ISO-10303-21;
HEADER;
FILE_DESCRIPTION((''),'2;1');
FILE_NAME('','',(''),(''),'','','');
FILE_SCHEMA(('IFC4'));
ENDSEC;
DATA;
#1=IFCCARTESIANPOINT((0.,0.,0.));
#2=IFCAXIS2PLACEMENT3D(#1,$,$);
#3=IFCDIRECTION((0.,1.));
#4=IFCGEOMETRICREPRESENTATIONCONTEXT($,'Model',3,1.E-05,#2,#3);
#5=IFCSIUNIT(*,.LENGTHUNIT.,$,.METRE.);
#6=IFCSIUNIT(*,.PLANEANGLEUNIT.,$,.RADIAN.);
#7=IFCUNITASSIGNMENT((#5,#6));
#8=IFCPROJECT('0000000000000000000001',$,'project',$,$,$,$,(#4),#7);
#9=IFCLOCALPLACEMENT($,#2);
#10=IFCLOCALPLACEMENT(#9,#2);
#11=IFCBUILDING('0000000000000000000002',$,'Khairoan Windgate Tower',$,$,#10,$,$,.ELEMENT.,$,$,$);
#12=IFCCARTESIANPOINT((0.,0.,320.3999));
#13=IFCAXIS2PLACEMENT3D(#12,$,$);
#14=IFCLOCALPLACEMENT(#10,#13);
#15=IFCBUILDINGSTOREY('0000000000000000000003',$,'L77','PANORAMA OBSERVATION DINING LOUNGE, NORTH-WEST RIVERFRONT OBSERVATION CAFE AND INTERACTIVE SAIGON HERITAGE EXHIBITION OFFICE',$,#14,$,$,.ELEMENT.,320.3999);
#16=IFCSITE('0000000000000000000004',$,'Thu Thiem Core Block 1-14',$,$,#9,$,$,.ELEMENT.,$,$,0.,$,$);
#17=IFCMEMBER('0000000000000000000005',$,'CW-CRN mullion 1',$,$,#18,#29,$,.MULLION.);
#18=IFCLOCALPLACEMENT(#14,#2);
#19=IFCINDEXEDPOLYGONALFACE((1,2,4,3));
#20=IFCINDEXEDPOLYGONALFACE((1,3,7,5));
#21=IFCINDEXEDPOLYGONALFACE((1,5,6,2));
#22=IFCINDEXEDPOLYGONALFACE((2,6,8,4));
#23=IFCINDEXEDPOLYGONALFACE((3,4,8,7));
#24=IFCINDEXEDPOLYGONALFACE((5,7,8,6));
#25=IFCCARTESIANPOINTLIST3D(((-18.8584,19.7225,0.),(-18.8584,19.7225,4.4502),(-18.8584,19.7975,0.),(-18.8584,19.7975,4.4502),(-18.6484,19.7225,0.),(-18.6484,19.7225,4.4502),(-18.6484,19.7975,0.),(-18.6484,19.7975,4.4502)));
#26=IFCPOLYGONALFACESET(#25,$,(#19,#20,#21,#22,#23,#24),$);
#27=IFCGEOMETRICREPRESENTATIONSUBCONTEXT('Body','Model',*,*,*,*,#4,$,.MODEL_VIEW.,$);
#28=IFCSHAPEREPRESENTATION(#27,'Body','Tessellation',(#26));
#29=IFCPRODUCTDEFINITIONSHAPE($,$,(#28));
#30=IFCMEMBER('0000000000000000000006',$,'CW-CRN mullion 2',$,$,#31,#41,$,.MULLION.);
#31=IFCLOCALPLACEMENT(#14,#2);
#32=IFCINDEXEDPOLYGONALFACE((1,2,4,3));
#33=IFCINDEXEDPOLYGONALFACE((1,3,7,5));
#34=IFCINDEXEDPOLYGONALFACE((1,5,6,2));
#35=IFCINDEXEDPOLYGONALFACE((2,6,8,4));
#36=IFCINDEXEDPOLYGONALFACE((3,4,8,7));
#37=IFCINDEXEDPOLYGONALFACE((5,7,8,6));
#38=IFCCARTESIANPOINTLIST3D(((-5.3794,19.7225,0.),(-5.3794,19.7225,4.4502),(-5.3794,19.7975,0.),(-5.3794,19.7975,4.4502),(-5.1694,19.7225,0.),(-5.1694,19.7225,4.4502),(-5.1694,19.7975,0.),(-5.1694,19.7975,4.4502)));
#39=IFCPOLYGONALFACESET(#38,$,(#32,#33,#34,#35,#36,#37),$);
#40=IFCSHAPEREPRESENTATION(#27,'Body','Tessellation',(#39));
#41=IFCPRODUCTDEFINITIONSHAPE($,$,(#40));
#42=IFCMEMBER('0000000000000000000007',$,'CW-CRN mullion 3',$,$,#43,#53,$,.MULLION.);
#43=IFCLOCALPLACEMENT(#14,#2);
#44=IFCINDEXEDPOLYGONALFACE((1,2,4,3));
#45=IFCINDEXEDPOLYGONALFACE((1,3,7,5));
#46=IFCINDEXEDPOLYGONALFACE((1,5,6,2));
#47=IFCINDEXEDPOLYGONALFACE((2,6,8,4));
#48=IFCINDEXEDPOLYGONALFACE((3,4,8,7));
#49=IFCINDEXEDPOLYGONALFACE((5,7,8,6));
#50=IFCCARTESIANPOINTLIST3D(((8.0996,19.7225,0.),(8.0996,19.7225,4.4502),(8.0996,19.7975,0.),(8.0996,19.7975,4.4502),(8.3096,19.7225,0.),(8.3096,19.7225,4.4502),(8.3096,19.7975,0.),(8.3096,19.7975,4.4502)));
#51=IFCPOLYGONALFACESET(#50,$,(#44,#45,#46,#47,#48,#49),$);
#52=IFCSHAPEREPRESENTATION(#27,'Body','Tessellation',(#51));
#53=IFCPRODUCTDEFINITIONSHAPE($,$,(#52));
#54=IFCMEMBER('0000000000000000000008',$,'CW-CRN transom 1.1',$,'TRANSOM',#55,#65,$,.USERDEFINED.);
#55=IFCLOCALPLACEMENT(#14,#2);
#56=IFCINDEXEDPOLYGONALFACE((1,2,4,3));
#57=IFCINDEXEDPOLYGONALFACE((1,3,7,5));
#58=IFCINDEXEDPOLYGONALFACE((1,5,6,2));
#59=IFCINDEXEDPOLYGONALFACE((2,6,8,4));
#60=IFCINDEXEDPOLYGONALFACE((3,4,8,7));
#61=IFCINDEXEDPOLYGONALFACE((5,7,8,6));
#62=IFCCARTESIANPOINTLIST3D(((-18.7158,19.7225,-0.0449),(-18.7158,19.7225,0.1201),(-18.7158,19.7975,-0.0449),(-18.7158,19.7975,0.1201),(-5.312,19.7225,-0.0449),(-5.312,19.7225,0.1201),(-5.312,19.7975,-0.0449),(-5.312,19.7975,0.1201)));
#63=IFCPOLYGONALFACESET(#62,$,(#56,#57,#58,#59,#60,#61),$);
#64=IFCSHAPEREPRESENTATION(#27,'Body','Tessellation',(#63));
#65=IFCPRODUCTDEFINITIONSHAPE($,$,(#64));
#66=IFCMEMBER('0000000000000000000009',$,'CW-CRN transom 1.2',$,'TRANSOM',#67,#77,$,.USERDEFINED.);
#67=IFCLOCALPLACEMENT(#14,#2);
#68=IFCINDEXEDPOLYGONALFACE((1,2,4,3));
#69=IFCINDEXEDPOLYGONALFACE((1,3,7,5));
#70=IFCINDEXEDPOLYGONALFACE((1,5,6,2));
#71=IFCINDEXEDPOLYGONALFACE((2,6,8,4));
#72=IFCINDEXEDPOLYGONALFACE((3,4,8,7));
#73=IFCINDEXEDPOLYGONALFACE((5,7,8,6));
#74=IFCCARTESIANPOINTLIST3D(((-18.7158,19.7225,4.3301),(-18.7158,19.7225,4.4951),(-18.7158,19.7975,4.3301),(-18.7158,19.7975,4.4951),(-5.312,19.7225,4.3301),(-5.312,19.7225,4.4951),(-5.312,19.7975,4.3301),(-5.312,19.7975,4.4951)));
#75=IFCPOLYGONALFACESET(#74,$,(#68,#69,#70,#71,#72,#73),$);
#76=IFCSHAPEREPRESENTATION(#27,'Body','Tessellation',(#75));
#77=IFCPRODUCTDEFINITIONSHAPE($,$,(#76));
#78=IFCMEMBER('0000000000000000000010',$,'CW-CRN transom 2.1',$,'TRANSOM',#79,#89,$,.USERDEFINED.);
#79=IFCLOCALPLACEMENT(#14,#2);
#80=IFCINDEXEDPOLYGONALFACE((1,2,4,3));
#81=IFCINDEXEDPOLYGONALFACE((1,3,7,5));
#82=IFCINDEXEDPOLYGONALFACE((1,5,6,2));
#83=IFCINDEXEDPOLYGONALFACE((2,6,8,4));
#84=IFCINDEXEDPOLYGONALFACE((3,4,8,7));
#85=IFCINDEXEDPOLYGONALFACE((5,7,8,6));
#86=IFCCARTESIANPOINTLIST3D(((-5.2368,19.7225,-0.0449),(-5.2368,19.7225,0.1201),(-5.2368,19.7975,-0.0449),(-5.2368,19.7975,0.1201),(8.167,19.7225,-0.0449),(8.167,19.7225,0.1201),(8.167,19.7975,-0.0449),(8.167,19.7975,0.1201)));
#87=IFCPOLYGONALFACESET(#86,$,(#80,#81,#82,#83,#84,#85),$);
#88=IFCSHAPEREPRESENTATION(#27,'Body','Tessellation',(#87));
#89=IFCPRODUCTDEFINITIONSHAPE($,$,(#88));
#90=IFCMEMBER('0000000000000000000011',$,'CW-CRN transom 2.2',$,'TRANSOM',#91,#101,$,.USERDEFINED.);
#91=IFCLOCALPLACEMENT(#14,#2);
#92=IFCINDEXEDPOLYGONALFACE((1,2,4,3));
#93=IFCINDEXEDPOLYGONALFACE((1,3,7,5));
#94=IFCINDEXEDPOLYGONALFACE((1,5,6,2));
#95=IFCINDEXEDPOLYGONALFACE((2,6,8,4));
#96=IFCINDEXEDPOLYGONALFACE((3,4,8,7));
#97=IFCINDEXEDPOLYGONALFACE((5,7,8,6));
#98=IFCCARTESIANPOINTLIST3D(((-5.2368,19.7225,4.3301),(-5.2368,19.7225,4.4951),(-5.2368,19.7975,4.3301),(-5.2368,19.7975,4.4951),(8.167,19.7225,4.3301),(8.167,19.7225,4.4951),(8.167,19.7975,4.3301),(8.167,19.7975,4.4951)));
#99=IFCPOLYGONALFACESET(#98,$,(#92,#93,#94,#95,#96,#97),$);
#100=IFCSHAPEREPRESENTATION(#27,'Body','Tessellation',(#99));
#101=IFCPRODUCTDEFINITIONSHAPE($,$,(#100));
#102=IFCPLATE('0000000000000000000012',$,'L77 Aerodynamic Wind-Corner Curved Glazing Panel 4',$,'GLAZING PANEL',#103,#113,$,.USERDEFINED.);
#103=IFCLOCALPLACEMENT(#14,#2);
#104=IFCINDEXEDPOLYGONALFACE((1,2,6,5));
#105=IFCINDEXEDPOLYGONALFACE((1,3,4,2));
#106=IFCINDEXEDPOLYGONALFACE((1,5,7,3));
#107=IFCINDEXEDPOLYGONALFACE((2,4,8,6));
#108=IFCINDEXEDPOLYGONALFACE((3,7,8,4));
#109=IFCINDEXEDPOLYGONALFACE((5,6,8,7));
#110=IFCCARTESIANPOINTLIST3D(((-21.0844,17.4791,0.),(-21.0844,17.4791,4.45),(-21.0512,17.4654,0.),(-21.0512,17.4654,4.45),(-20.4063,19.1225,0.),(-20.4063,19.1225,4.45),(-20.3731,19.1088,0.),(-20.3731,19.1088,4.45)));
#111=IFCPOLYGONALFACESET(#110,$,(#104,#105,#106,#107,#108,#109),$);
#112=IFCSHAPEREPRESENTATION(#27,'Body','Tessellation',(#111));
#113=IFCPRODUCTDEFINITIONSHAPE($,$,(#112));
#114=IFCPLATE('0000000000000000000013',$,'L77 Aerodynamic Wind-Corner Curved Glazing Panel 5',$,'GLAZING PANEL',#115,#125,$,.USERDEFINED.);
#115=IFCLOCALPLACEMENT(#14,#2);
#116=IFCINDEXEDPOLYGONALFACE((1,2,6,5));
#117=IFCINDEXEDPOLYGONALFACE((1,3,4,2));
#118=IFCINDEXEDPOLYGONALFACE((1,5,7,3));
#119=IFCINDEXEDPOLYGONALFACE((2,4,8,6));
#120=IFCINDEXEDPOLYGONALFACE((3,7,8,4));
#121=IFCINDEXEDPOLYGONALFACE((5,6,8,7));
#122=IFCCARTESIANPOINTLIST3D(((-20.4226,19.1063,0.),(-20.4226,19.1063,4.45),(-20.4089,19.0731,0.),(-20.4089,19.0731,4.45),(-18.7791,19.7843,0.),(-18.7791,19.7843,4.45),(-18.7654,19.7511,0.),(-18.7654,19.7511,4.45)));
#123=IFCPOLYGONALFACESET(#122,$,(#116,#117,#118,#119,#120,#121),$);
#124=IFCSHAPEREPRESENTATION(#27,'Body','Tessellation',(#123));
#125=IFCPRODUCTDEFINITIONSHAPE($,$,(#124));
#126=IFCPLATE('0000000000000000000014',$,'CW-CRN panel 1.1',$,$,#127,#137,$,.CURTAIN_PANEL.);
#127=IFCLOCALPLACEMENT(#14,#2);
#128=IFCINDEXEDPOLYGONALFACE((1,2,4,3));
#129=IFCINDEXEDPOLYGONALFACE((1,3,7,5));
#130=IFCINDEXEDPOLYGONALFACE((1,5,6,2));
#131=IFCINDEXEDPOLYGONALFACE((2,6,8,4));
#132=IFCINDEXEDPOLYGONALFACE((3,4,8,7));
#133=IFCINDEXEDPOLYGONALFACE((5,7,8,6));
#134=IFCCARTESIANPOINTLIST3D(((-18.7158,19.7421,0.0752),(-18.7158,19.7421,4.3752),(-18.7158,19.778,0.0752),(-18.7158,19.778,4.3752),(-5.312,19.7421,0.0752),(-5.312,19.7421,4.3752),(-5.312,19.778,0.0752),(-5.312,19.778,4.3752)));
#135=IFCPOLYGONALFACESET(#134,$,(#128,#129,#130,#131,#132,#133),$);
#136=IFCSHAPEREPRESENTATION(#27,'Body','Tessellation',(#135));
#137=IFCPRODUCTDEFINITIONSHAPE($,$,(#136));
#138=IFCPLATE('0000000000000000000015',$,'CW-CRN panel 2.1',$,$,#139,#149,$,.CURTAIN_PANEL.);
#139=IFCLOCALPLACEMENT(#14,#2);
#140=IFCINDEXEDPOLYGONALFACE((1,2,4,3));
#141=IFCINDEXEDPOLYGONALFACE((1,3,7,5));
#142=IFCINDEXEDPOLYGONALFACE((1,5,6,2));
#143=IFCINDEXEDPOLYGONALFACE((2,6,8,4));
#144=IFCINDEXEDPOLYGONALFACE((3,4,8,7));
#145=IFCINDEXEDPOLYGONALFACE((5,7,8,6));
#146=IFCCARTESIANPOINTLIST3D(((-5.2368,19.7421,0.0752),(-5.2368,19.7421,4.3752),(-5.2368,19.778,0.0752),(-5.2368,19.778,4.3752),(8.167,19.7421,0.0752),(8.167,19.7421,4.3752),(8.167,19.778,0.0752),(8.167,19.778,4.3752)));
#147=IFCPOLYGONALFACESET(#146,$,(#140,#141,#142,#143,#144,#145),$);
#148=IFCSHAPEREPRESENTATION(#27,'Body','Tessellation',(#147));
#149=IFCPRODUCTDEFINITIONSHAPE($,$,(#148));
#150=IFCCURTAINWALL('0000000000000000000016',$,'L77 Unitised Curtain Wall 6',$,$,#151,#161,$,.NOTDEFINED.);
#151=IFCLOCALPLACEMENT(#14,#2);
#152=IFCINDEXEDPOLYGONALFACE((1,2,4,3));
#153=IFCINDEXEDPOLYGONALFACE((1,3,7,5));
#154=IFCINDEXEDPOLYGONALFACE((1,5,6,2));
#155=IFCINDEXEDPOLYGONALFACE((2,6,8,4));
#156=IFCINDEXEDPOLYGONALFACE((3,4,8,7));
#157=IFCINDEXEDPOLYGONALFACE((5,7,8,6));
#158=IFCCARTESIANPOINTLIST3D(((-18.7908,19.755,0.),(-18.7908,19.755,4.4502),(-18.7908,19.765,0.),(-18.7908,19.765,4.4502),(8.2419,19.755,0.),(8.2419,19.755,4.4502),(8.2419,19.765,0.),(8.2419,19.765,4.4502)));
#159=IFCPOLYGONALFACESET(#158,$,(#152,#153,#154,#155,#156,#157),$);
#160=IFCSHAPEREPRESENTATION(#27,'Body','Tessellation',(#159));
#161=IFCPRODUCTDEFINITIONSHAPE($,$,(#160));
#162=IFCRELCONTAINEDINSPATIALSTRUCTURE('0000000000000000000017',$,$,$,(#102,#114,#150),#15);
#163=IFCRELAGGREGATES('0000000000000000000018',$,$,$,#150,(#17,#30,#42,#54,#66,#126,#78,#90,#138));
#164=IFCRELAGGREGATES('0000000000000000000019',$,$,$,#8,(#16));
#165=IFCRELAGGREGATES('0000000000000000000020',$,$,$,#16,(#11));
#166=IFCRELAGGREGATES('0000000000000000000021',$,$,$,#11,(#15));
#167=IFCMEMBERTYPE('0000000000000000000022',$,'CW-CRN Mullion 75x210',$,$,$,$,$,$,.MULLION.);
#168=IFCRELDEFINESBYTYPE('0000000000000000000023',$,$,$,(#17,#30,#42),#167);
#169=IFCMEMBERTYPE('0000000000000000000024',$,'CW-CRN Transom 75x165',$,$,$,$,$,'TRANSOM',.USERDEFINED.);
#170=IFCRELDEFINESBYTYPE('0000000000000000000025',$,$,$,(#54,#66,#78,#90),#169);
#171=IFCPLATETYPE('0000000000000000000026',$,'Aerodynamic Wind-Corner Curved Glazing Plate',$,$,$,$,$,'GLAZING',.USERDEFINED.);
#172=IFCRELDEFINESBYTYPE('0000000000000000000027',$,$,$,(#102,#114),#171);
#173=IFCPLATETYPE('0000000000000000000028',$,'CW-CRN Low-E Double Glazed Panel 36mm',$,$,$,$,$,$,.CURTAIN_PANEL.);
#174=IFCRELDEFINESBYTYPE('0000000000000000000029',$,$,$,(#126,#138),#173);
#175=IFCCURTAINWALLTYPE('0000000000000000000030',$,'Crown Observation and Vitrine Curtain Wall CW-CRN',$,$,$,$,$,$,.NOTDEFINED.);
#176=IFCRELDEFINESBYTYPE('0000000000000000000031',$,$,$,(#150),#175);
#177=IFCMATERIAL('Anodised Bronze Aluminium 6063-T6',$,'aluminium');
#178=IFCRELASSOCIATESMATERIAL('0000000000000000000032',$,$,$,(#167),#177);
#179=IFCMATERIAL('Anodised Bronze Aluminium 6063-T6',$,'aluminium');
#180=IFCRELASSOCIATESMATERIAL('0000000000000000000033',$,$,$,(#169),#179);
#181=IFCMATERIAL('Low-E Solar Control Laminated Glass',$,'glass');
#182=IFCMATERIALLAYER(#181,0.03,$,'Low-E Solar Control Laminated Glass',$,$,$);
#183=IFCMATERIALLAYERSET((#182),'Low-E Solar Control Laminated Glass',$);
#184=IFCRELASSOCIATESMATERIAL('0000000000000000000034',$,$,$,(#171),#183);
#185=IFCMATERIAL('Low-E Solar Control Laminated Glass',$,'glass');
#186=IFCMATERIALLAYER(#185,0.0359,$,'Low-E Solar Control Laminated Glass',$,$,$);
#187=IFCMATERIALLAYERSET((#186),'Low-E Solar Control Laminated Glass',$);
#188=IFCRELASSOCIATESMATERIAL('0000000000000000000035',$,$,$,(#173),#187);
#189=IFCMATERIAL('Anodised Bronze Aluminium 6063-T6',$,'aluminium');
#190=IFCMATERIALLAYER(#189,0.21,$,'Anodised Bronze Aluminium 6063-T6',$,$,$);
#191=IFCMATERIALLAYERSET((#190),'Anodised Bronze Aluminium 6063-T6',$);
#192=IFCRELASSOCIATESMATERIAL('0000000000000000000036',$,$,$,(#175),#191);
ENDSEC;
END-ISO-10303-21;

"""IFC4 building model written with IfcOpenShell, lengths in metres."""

from ifc_helpers import new_model, si_unit, direction, frame, frame_2d, origin, origin_2d, place, context, subcontext, project, spatial, rectangle, extrude, material, layer, layer_set, material_profile, profile_set, type_object, element, aggregate, save


model = new_model("IFC4")

# Units and contexts
model_context = context("Model", 3, precision=1e-05, world=origin(), true_north=direction((0.0, 1.0)))
body_context = subcontext(model_context, "Body", "Model", "MODEL_VIEW")
ifc_project = project(units=[si_unit("LENGTHUNIT", "METRE"), si_unit("PLANEANGLEUNIT", "RADIAN")], contexts=[model_context])

# Site, building, storey
site_placement = place(None, origin())
site = spatial("IfcSite", under=ifc_project, at=site_placement, Name="Thu Thiem Core Block 1-14", CompositionType="ELEMENT", RefElevation=0.0)
building_placement = place(site_placement, origin())
building = spatial("IfcBuilding", under=site, at=building_placement, Name="Khairoan Windgate Tower", CompositionType="ELEMENT")
storey_placement = place(building_placement, frame((0.0, 0.0, 320.3999)))
storey = spatial("IfcBuildingStorey", under=building, at=storey_placement, Name="L77", Description="PANORAMA OBSERVATION DINING LOUNGE, NORTH-WEST RIVERFRONT OBSERVATION CAFE AND INTERACTIVE SAIGON HERITAGE EXHIBITION OFFICE", CompositionType="ELEMENT", Elevation=320.3999)

# Members
ifc_material_1 = material(Name="Anodised Bronze Aluminium 6063-T6", Category="aluminium")
ifc_material_profile_1 = material_profile(ifc_material_1, rectangle(XDim=0.075, YDim=0.21, at=origin_2d()))
ifc_profile_set_1 = profile_set([ifc_material_profile_1], Name="Anodised Bronze Aluminium 6063-T6")
member_type_1 = type_object("IfcMemberType", Name="CW-CRN Mullion 75x210", PredefinedType="MULLION", material=ifc_profile_set_1)
member_1_placement = place(storey_placement, frame((-18.7534, 19.76, 0.0), z_axis=(0.0, 0.0, 1.0), x_axis=(0.0, 1.0, 0.0)))
member_1 = element("IfcMember", 1, at=member_1_placement, type_object=member_type_1, Name="CW-CRN mullion 1", PredefinedType="MULLION", context=body_context, shape_type="SweptSolid", body=[
    extrude(rectangle(XDim=0.075, YDim=0.21, at=origin_2d()), origin(), (0.0, 0.0, 1.0), 4.4502),
])
member_2_placement = place(storey_placement, frame((-5.2744, 19.76, 0.0), z_axis=(0.0, 0.0, 1.0), x_axis=(0.0, 1.0, 0.0)))
member_2 = element("IfcMember", 2, at=member_2_placement, type_object=member_type_1, Name="CW-CRN mullion 2", PredefinedType="MULLION", context=body_context, shape_type="SweptSolid", body=[
    extrude(rectangle(XDim=0.075, YDim=0.21, at=origin_2d()), origin(), (0.0, 0.0, 1.0), 4.4502),
])
member_3_placement = place(storey_placement, frame((8.2046, 19.76, 0.0), z_axis=(0.0, 0.0, 1.0), x_axis=(0.0, 1.0, 0.0)))
member_3 = element("IfcMember", 3, at=member_3_placement, type_object=member_type_1, Name="CW-CRN mullion 3", PredefinedType="MULLION", context=body_context, shape_type="SweptSolid", body=[
    extrude(rectangle(XDim=0.075, YDim=0.21, at=origin_2d()), origin(), (0.0, 0.0, 1.0), 4.4502),
])
ifc_material_2 = material(Name="Anodised Bronze Aluminium 6063-T6", Category="aluminium")
ifc_material_profile_2 = material_profile(ifc_material_2, rectangle(XDim=0.075, YDim=0.165, at=origin_2d()))
ifc_profile_set_2 = profile_set([ifc_material_profile_2], Name="Anodised Bronze Aluminium 6063-T6")
member_type_2 = type_object("IfcMemberType", Name="CW-CRN Transom 75x165", ElementType="TRANSOM", PredefinedType="USERDEFINED", material=ifc_profile_set_2)
member_4_placement = place(storey_placement, frame((-18.7158, 19.76, 0.0376), z_axis=(1.0, 0.0, 0.0), x_axis=(0.0, 1.0, 0.0)))
member_4 = element("IfcMember", 4, at=member_4_placement, type_object=member_type_2, Name="CW-CRN transom 1.1", ObjectType="TRANSOM", PredefinedType="USERDEFINED", context=body_context, shape_type="SweptSolid", body=[
    extrude(rectangle(XDim=0.075, YDim=0.165, at=origin_2d()), origin(), (0.0, 0.0, 1.0), 13.4038),
])
member_5_placement = place(storey_placement, frame((-18.7158, 19.76, 4.4126), z_axis=(1.0, 0.0, 0.0), x_axis=(0.0, 1.0, 0.0)))
member_5 = element("IfcMember", 5, at=member_5_placement, type_object=member_type_2, Name="CW-CRN transom 1.2", ObjectType="TRANSOM", PredefinedType="USERDEFINED", context=body_context, shape_type="SweptSolid", body=[
    extrude(rectangle(XDim=0.075, YDim=0.165, at=origin_2d()), origin(), (0.0, 0.0, 1.0), 13.4038),
])
member_6_placement = place(storey_placement, frame((-5.2368, 19.76, 0.0376), z_axis=(1.0, 0.0, 0.0), x_axis=(0.0, 1.0, 0.0)))
member_6 = element("IfcMember", 6, at=member_6_placement, type_object=member_type_2, Name="CW-CRN transom 2.1", ObjectType="TRANSOM", PredefinedType="USERDEFINED", context=body_context, shape_type="SweptSolid", body=[
    extrude(rectangle(XDim=0.075, YDim=0.165, at=origin_2d()), origin(), (0.0, 0.0, 1.0), 13.4038),
])
member_7_placement = place(storey_placement, frame((-5.2368, 19.76, 4.4126), z_axis=(1.0, 0.0, 0.0), x_axis=(0.0, 1.0, 0.0)))
member_7 = element("IfcMember", 7, at=member_7_placement, type_object=member_type_2, Name="CW-CRN transom 2.2", ObjectType="TRANSOM", PredefinedType="USERDEFINED", context=body_context, shape_type="SweptSolid", body=[
    extrude(rectangle(XDim=0.075, YDim=0.165, at=origin_2d()), origin(), (0.0, 0.0, 1.0), 13.4038),
])

# Plates
ifc_material_3 = material(Name="Low-E Solar Control Laminated Glass", Category="glass")
ifc_layer_1 = layer(ifc_material_3, 0.03, Name="Low-E Solar Control Laminated Glass")
ifc_layer_set_1 = layer_set([ifc_layer_1], Name="Low-E Solar Control Laminated Glass")
plate_type_1 = type_object("IfcPlateType", Name="Aerodynamic Wind-Corner Curved Glazing Plate", ElementType="GLAZING", PredefinedType="USERDEFINED", material=ifc_layer_set_1)
for number, where, z_axis, x_axis, name in (
    (8, (-20.7288, 18.2939, 0.0), (0.0, 0.0, 1.0), (0.381393, 0.924413, 0.0), "L77 Aerodynamic Wind-Corner Curved Glazing Panel 4"),
    (9, (-19.594, 19.4287, 0.0), (0.0, 0.0, 1.0), (0.924413, 0.381393, 0.0), "L77 Aerodynamic Wind-Corner Curved Glazing Panel 5"),
):
    element("IfcPlate", number, at=place(storey_placement, frame(where, z_axis=z_axis, x_axis=x_axis)), inside=storey, type_object=plate_type_1, Name=name, ObjectType="GLAZING PANEL", PredefinedType="USERDEFINED", context=body_context, shape_type="SweptSolid", body=[
        extrude(rectangle(XDim=1.7778, YDim=0.0359, at=origin_2d()), origin(), (0.0, 0.0, 1.0), 4.45),
    ])

# Plates
ifc_material_4 = material(Name="Low-E Solar Control Laminated Glass", Category="glass")
ifc_layer_2 = layer(ifc_material_4, 0.0359, Name="Low-E Solar Control Laminated Glass")
ifc_layer_set_2 = layer_set([ifc_layer_2], Name="Low-E Solar Control Laminated Glass")
plate_type_2 = type_object("IfcPlateType", Name="CW-CRN Low-E Double Glazed Panel 36mm", PredefinedType="CURTAIN_PANEL", material=ifc_layer_set_2)
plate_1_placement = place(storey_placement, frame((-12.0139, 19.76, 0.0752), z_axis=(0.0, 0.0, 1.0), x_axis=(1.0, 0.0, 0.0)))
plate_1 = element("IfcPlate", 10, at=plate_1_placement, type_object=plate_type_2, Name="CW-CRN panel 1.1", PredefinedType="CURTAIN_PANEL", context=body_context, shape_type="SweptSolid", body=[
    extrude(rectangle(XDim=13.4038, YDim=0.0359, at=origin_2d()), origin(), (0.0, 0.0, 1.0), 4.3),
])
plate_2_placement = place(storey_placement, frame((1.4651, 19.76, 0.0752), z_axis=(0.0, 0.0, 1.0), x_axis=(1.0, 0.0, 0.0)))
plate_2 = element("IfcPlate", 11, at=plate_2_placement, type_object=plate_type_2, Name="CW-CRN panel 2.1", PredefinedType="CURTAIN_PANEL", context=body_context, shape_type="SweptSolid", body=[
    extrude(rectangle(XDim=13.4038, YDim=0.0359, at=origin_2d()), origin(), (0.0, 0.0, 1.0), 4.3),
])

# Curtain wall
ifc_material_5 = material(Name="Anodised Bronze Aluminium 6063-T6", Category="aluminium")
ifc_layer_3 = layer(ifc_material_5, 0.21, Name="Anodised Bronze Aluminium 6063-T6")
ifc_layer_set_3 = layer_set([ifc_layer_3], Name="Anodised Bronze Aluminium 6063-T6")
curtain_wall_type = type_object("IfcCurtainWallType", Name="Crown Observation and Vitrine Curtain Wall CW-CRN", PredefinedType="NOTDEFINED", material=ifc_layer_set_3)
curtain_wall_placement = place(storey_placement, frame((-18.7908, 19.76, 0.0), z_axis=(0.0, 0.0, 1.0), x_axis=(1.0, 0.0, 0.0)))
curtain_wall = element("IfcCurtainWall", 12, at=curtain_wall_placement, inside=storey, type_object=curtain_wall_type, Name="L77 Unitised Curtain Wall 6", PredefinedType="NOTDEFINED", context=body_context, shape_type="SweptSolid", body=[
    extrude(rectangle(XDim=27.0327, YDim=0.01, at=frame_2d((13.5164, 0.0))), origin(), (0.0, 0.0, 1.0), 4.4502),
])
aggregate(curtain_wall, [member_1, member_2, member_3, member_4, member_5, plate_1, member_6, member_7, plate_2])

save(model, "model.ifc")
